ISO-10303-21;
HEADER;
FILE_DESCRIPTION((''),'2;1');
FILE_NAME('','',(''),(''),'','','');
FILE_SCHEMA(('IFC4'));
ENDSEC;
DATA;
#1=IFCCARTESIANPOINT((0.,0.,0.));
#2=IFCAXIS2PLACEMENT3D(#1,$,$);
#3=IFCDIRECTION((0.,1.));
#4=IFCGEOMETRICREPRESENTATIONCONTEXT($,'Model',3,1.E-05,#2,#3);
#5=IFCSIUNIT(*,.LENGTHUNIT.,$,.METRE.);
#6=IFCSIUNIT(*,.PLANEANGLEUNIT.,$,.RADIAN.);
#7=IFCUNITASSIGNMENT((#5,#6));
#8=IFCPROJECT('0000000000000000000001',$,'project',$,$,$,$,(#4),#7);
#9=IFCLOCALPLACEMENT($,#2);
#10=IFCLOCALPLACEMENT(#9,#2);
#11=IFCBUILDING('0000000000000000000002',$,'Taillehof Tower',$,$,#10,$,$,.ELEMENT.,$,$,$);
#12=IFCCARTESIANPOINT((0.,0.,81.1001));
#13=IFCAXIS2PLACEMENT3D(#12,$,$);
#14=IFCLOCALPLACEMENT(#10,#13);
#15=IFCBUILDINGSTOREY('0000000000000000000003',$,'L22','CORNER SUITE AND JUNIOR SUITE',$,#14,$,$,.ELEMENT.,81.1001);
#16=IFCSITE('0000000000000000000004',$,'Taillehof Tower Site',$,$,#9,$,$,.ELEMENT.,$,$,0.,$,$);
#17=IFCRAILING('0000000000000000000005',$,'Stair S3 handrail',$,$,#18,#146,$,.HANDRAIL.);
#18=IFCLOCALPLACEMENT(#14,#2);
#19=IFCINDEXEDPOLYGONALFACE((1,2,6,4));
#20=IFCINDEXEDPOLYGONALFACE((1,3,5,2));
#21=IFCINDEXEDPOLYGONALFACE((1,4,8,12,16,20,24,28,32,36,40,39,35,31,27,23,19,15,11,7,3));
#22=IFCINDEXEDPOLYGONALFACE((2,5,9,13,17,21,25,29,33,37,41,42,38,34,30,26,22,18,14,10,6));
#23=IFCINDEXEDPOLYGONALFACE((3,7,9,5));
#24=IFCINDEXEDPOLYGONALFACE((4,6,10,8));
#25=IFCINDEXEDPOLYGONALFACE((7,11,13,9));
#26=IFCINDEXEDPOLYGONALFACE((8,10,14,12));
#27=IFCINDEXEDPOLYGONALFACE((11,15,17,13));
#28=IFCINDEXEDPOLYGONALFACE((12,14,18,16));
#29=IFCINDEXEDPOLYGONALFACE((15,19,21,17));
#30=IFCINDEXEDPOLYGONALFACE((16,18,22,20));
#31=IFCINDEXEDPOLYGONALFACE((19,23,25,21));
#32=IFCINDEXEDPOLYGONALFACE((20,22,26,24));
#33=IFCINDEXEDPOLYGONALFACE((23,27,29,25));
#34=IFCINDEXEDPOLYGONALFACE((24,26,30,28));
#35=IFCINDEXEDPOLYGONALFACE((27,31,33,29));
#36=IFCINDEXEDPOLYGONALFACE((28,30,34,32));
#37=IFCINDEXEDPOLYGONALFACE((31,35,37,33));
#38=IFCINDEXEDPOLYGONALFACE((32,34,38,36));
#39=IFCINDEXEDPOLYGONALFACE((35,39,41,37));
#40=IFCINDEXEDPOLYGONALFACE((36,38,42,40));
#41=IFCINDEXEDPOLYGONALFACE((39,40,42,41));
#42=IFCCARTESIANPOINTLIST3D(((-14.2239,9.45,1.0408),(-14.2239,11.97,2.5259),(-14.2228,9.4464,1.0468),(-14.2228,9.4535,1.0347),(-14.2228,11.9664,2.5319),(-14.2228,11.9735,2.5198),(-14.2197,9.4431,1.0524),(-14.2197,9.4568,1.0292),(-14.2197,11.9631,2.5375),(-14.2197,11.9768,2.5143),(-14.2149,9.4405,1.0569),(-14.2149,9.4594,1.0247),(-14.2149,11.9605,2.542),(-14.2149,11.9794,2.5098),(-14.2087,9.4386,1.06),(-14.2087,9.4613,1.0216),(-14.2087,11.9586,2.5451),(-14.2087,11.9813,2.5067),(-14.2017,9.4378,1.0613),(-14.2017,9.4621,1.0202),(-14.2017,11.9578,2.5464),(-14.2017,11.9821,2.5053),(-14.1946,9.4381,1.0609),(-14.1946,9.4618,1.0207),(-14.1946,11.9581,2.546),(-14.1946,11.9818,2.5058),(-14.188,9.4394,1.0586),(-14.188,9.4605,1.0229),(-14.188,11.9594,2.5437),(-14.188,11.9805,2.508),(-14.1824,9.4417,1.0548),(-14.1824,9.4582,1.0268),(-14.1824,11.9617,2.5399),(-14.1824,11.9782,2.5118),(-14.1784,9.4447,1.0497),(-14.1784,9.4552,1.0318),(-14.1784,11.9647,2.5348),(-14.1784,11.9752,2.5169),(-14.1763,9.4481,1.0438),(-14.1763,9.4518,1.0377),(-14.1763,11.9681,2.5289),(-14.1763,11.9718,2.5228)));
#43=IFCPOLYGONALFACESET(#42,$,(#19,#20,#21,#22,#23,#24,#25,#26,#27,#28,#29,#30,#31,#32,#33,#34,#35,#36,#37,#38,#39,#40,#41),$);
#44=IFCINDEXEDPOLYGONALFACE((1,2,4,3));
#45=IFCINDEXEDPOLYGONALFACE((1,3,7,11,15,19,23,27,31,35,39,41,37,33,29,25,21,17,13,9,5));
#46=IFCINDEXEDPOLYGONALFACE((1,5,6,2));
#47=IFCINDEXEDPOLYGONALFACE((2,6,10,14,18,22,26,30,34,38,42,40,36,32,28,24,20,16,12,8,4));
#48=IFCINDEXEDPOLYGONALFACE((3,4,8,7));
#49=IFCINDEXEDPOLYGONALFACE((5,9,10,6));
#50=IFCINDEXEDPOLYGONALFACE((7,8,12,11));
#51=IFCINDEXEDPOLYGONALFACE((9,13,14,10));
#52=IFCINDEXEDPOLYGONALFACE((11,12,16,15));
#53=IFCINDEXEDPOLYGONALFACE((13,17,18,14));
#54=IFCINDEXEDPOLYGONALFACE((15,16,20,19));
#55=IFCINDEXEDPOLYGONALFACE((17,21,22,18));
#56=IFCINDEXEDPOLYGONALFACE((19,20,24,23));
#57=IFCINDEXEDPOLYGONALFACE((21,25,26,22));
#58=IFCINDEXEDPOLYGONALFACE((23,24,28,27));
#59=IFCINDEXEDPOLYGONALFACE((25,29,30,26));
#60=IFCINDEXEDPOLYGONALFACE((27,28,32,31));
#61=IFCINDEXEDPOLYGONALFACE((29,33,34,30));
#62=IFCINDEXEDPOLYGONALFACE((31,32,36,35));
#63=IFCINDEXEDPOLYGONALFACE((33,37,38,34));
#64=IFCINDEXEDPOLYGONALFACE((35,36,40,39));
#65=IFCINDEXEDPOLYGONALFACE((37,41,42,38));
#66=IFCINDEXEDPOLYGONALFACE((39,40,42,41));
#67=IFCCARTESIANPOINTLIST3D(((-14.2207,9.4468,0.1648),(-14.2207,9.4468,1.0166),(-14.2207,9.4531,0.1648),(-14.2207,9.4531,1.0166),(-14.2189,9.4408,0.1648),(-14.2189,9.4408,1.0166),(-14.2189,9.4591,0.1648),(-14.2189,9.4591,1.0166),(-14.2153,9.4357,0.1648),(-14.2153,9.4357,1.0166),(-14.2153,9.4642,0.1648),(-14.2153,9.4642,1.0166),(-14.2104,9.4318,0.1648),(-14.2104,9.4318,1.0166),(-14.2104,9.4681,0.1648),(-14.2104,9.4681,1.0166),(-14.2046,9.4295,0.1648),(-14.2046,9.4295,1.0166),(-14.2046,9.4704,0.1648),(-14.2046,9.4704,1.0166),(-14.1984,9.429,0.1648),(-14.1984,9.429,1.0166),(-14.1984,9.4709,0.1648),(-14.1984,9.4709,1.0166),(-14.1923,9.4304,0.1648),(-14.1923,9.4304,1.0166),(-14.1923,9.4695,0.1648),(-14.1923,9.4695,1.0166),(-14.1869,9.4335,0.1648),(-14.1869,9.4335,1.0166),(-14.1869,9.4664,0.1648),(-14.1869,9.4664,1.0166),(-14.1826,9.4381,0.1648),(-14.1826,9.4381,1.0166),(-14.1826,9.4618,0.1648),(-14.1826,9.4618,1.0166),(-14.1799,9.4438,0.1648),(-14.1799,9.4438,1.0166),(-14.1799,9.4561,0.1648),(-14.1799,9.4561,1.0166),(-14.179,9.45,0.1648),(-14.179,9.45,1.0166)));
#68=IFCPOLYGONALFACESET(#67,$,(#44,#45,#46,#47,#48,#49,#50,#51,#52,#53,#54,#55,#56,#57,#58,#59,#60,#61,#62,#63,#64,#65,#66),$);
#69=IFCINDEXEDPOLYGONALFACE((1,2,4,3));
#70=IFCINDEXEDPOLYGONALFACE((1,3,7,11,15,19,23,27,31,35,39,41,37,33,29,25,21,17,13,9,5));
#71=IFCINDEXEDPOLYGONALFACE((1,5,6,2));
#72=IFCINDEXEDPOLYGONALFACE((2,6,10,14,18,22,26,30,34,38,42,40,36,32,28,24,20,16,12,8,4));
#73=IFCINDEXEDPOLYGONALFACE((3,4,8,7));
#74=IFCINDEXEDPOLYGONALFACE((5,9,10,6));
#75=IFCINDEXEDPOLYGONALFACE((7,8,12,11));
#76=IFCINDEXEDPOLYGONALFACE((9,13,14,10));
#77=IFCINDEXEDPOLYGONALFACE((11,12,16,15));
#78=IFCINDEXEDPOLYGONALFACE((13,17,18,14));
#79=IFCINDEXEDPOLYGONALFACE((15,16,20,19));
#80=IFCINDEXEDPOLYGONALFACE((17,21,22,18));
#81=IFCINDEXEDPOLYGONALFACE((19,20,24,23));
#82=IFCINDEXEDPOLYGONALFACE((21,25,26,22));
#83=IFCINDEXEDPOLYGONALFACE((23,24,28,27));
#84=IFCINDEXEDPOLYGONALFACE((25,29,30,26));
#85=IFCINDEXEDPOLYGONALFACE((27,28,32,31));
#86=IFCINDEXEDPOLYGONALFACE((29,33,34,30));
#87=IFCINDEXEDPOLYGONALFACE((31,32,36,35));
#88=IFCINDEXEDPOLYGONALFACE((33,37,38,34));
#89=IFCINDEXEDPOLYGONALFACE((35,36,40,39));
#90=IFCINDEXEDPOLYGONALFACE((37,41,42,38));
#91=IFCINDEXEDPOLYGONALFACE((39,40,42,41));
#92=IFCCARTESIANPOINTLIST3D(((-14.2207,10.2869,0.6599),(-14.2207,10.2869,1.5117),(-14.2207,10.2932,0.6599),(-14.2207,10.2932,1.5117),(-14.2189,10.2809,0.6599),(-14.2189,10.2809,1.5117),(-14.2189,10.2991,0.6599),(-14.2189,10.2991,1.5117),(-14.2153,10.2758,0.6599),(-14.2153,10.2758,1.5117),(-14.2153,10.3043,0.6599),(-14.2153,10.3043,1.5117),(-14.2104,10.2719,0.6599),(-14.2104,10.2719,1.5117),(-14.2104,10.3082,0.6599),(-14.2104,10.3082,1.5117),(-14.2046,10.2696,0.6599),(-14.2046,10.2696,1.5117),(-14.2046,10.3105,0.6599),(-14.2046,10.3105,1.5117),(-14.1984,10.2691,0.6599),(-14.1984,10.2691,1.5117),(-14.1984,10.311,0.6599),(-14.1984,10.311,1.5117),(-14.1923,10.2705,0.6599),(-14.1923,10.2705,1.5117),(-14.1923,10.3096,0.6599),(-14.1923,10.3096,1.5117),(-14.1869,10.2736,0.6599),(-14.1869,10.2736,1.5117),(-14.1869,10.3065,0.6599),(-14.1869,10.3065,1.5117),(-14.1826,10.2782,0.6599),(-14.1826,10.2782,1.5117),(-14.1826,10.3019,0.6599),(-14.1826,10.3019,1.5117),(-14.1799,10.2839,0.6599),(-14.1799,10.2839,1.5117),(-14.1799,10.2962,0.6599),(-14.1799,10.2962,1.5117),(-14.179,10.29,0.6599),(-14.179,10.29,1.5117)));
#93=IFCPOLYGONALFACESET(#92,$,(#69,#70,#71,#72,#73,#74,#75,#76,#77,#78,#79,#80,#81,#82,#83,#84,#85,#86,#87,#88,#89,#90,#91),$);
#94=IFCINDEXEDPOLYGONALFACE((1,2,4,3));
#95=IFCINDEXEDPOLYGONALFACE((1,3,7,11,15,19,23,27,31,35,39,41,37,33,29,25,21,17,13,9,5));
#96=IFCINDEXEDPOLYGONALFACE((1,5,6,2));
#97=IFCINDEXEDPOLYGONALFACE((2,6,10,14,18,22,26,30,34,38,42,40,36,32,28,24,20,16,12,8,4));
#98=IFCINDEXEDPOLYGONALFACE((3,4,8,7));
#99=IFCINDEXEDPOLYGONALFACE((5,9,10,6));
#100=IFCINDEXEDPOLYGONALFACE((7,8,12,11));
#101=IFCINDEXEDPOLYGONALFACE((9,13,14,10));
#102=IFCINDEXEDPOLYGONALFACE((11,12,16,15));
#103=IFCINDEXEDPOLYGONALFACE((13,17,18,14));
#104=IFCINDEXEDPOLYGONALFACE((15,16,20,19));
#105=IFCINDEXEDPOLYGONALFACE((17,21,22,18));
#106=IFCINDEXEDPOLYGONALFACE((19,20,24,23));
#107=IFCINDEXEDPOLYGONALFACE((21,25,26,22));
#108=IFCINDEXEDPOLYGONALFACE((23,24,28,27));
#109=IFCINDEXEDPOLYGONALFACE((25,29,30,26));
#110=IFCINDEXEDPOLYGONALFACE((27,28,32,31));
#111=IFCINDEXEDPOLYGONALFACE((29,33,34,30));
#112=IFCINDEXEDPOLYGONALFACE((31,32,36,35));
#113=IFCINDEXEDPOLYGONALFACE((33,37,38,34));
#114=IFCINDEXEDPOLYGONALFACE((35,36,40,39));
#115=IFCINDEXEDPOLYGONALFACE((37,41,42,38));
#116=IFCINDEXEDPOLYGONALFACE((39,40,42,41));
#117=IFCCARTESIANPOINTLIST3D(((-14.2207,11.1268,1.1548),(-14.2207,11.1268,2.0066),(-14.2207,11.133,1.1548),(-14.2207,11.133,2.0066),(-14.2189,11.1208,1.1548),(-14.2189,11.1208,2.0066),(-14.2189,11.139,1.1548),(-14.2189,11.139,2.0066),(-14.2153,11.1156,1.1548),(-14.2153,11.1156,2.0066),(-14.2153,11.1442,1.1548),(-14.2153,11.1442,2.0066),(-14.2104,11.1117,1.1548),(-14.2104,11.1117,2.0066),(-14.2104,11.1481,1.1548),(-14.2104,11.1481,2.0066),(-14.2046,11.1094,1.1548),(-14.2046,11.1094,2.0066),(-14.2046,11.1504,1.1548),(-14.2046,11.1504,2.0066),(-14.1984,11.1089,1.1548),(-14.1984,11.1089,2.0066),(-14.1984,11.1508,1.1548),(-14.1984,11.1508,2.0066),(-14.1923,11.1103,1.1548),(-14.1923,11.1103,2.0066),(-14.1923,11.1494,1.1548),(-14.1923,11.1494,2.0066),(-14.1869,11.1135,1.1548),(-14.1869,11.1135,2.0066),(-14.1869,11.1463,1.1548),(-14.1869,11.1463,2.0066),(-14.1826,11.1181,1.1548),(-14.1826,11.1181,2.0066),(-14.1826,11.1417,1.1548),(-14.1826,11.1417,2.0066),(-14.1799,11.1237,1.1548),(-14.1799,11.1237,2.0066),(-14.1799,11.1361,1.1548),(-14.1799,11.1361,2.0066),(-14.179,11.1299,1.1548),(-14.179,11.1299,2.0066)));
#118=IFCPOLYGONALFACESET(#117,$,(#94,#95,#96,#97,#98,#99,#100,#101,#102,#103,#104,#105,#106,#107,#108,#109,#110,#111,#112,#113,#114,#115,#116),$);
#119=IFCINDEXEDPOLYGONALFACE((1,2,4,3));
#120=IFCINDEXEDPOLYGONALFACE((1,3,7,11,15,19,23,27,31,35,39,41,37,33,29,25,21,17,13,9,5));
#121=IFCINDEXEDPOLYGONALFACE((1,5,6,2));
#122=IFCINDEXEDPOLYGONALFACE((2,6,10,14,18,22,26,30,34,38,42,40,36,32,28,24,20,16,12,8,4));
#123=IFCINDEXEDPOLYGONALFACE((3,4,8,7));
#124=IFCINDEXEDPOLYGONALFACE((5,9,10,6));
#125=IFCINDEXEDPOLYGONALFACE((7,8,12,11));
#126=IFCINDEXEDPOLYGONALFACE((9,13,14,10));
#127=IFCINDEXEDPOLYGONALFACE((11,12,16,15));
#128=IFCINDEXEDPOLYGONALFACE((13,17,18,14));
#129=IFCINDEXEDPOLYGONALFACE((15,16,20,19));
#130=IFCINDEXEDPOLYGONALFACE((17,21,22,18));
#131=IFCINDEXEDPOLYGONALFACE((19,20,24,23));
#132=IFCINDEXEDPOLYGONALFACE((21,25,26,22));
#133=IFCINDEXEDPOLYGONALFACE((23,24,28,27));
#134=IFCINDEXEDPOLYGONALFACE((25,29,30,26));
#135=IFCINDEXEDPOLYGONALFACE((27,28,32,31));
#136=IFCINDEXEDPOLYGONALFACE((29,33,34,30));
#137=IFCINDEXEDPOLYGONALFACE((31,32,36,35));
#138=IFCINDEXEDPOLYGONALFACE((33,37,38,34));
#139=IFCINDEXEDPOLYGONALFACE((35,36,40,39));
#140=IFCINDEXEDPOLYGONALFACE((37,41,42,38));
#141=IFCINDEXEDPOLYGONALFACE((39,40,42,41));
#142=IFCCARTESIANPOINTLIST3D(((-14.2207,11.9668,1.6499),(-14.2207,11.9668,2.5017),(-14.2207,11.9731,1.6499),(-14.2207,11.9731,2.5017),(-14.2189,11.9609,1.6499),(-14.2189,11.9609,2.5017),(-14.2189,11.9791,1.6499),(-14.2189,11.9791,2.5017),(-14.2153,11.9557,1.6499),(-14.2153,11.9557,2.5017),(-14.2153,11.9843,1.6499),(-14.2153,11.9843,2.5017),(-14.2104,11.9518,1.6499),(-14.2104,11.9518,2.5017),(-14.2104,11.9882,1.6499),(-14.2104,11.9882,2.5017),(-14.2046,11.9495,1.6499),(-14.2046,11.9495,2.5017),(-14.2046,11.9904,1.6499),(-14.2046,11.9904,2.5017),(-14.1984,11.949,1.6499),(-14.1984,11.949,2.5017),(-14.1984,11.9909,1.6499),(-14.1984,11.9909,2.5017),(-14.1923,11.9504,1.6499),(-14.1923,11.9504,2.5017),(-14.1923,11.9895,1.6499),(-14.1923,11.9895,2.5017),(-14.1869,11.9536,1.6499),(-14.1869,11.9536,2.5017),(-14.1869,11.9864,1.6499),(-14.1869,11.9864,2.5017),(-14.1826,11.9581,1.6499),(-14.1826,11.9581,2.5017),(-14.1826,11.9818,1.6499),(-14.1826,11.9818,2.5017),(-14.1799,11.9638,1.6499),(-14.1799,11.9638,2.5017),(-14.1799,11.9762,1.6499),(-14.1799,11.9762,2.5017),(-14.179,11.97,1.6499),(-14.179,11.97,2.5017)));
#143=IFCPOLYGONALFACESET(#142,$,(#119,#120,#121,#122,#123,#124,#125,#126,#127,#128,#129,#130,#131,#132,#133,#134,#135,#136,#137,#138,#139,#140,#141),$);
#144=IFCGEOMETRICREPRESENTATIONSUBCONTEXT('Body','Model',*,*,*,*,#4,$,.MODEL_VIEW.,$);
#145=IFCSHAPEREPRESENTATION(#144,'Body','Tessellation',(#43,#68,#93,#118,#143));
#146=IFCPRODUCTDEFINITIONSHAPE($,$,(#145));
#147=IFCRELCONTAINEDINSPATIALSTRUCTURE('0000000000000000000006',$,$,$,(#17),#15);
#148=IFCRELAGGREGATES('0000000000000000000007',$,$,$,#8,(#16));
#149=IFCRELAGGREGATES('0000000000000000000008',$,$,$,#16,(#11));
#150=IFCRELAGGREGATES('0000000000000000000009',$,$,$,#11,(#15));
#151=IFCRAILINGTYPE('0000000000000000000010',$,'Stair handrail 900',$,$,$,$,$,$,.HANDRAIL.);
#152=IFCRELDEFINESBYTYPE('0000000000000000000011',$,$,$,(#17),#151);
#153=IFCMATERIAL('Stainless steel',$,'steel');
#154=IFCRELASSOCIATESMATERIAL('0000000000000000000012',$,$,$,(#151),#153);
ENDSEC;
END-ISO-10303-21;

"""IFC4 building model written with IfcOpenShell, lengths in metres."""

from ifc_helpers import new_model, si_unit, direction, frame, origin, origin_2d, place, context, subcontext, project, spatial, circle, extrude, material, type_object, element, save


model = new_model("IFC4")

# Units and contexts
model_context = context("Model", 3, precision=1e-05, world=origin(), true_north=direction((0.0, 1.0)))
body_context = subcontext(model_context, "Body", "Model", "MODEL_VIEW")
ifc_project = project(units=[si_unit("LENGTHUNIT", "METRE"), si_unit("PLANEANGLEUNIT", "RADIAN")], contexts=[model_context])

# Site, building, storey
site_placement = place(None, origin())
site = spatial("IfcSite", under=ifc_project, at=site_placement, Name="Taillehof Tower Site", CompositionType="ELEMENT", RefElevation=0.0)
building_placement = place(site_placement, origin())
building = spatial("IfcBuilding", under=site, at=building_placement, Name="Taillehof Tower", CompositionType="ELEMENT")
storey_placement = place(building_placement, frame((0.0, 0.0, 81.1001)))
storey = spatial("IfcBuildingStorey", under=building, at=storey_placement, Name="L22", Description="CORNER SUITE AND JUNIOR SUITE", CompositionType="ELEMENT", Elevation=81.1001)

# Railing
ifc_material_1 = material(Name="Stainless steel", Category="steel")
railing_type = type_object("IfcRailingType", Name="Stair handrail 900", PredefinedType="HANDRAIL", material=ifc_material_1)
railing_1_placement = place(storey_placement, frame((-14.2, 9.45, 0.1648)))
element("IfcRailing", 1, at=railing_1_placement, inside=storey, type_object=railing_type, Name="Stair S3 handrail", PredefinedType="HANDRAIL", context=body_context, shape_type="SweptSolid", body=[
    extrude(circle(Radius=0.0239, at=origin_2d()), frame((0.0, 0.0, 0.876), z_axis=(0.0, 0.861524, 0.507717), x_axis=(-1.0, 0.0, 0.0)), (0.0, 0.0, 1.0), 2.925),
    extrude(circle(Radius=0.021, at=origin_2d()), origin(), (0.0, 0.0, 1.0), 0.8518),
    extrude(circle(Radius=0.021, at=origin_2d()), frame((0.0, 0.8401, 0.4951)), (0.0, 0.0, 1.0), 0.8518),
    extrude(circle(Radius=0.021, at=origin_2d()), frame((0.0, 1.6799, 0.99)), (0.0, 0.0, 1.0), 0.8518),
    extrude(circle(Radius=0.021, at=origin_2d()), frame((0.0, 2.52, 1.4851)), (0.0, 0.0, 1.0), 0.8518),
])

save(model, "model.ifc")
